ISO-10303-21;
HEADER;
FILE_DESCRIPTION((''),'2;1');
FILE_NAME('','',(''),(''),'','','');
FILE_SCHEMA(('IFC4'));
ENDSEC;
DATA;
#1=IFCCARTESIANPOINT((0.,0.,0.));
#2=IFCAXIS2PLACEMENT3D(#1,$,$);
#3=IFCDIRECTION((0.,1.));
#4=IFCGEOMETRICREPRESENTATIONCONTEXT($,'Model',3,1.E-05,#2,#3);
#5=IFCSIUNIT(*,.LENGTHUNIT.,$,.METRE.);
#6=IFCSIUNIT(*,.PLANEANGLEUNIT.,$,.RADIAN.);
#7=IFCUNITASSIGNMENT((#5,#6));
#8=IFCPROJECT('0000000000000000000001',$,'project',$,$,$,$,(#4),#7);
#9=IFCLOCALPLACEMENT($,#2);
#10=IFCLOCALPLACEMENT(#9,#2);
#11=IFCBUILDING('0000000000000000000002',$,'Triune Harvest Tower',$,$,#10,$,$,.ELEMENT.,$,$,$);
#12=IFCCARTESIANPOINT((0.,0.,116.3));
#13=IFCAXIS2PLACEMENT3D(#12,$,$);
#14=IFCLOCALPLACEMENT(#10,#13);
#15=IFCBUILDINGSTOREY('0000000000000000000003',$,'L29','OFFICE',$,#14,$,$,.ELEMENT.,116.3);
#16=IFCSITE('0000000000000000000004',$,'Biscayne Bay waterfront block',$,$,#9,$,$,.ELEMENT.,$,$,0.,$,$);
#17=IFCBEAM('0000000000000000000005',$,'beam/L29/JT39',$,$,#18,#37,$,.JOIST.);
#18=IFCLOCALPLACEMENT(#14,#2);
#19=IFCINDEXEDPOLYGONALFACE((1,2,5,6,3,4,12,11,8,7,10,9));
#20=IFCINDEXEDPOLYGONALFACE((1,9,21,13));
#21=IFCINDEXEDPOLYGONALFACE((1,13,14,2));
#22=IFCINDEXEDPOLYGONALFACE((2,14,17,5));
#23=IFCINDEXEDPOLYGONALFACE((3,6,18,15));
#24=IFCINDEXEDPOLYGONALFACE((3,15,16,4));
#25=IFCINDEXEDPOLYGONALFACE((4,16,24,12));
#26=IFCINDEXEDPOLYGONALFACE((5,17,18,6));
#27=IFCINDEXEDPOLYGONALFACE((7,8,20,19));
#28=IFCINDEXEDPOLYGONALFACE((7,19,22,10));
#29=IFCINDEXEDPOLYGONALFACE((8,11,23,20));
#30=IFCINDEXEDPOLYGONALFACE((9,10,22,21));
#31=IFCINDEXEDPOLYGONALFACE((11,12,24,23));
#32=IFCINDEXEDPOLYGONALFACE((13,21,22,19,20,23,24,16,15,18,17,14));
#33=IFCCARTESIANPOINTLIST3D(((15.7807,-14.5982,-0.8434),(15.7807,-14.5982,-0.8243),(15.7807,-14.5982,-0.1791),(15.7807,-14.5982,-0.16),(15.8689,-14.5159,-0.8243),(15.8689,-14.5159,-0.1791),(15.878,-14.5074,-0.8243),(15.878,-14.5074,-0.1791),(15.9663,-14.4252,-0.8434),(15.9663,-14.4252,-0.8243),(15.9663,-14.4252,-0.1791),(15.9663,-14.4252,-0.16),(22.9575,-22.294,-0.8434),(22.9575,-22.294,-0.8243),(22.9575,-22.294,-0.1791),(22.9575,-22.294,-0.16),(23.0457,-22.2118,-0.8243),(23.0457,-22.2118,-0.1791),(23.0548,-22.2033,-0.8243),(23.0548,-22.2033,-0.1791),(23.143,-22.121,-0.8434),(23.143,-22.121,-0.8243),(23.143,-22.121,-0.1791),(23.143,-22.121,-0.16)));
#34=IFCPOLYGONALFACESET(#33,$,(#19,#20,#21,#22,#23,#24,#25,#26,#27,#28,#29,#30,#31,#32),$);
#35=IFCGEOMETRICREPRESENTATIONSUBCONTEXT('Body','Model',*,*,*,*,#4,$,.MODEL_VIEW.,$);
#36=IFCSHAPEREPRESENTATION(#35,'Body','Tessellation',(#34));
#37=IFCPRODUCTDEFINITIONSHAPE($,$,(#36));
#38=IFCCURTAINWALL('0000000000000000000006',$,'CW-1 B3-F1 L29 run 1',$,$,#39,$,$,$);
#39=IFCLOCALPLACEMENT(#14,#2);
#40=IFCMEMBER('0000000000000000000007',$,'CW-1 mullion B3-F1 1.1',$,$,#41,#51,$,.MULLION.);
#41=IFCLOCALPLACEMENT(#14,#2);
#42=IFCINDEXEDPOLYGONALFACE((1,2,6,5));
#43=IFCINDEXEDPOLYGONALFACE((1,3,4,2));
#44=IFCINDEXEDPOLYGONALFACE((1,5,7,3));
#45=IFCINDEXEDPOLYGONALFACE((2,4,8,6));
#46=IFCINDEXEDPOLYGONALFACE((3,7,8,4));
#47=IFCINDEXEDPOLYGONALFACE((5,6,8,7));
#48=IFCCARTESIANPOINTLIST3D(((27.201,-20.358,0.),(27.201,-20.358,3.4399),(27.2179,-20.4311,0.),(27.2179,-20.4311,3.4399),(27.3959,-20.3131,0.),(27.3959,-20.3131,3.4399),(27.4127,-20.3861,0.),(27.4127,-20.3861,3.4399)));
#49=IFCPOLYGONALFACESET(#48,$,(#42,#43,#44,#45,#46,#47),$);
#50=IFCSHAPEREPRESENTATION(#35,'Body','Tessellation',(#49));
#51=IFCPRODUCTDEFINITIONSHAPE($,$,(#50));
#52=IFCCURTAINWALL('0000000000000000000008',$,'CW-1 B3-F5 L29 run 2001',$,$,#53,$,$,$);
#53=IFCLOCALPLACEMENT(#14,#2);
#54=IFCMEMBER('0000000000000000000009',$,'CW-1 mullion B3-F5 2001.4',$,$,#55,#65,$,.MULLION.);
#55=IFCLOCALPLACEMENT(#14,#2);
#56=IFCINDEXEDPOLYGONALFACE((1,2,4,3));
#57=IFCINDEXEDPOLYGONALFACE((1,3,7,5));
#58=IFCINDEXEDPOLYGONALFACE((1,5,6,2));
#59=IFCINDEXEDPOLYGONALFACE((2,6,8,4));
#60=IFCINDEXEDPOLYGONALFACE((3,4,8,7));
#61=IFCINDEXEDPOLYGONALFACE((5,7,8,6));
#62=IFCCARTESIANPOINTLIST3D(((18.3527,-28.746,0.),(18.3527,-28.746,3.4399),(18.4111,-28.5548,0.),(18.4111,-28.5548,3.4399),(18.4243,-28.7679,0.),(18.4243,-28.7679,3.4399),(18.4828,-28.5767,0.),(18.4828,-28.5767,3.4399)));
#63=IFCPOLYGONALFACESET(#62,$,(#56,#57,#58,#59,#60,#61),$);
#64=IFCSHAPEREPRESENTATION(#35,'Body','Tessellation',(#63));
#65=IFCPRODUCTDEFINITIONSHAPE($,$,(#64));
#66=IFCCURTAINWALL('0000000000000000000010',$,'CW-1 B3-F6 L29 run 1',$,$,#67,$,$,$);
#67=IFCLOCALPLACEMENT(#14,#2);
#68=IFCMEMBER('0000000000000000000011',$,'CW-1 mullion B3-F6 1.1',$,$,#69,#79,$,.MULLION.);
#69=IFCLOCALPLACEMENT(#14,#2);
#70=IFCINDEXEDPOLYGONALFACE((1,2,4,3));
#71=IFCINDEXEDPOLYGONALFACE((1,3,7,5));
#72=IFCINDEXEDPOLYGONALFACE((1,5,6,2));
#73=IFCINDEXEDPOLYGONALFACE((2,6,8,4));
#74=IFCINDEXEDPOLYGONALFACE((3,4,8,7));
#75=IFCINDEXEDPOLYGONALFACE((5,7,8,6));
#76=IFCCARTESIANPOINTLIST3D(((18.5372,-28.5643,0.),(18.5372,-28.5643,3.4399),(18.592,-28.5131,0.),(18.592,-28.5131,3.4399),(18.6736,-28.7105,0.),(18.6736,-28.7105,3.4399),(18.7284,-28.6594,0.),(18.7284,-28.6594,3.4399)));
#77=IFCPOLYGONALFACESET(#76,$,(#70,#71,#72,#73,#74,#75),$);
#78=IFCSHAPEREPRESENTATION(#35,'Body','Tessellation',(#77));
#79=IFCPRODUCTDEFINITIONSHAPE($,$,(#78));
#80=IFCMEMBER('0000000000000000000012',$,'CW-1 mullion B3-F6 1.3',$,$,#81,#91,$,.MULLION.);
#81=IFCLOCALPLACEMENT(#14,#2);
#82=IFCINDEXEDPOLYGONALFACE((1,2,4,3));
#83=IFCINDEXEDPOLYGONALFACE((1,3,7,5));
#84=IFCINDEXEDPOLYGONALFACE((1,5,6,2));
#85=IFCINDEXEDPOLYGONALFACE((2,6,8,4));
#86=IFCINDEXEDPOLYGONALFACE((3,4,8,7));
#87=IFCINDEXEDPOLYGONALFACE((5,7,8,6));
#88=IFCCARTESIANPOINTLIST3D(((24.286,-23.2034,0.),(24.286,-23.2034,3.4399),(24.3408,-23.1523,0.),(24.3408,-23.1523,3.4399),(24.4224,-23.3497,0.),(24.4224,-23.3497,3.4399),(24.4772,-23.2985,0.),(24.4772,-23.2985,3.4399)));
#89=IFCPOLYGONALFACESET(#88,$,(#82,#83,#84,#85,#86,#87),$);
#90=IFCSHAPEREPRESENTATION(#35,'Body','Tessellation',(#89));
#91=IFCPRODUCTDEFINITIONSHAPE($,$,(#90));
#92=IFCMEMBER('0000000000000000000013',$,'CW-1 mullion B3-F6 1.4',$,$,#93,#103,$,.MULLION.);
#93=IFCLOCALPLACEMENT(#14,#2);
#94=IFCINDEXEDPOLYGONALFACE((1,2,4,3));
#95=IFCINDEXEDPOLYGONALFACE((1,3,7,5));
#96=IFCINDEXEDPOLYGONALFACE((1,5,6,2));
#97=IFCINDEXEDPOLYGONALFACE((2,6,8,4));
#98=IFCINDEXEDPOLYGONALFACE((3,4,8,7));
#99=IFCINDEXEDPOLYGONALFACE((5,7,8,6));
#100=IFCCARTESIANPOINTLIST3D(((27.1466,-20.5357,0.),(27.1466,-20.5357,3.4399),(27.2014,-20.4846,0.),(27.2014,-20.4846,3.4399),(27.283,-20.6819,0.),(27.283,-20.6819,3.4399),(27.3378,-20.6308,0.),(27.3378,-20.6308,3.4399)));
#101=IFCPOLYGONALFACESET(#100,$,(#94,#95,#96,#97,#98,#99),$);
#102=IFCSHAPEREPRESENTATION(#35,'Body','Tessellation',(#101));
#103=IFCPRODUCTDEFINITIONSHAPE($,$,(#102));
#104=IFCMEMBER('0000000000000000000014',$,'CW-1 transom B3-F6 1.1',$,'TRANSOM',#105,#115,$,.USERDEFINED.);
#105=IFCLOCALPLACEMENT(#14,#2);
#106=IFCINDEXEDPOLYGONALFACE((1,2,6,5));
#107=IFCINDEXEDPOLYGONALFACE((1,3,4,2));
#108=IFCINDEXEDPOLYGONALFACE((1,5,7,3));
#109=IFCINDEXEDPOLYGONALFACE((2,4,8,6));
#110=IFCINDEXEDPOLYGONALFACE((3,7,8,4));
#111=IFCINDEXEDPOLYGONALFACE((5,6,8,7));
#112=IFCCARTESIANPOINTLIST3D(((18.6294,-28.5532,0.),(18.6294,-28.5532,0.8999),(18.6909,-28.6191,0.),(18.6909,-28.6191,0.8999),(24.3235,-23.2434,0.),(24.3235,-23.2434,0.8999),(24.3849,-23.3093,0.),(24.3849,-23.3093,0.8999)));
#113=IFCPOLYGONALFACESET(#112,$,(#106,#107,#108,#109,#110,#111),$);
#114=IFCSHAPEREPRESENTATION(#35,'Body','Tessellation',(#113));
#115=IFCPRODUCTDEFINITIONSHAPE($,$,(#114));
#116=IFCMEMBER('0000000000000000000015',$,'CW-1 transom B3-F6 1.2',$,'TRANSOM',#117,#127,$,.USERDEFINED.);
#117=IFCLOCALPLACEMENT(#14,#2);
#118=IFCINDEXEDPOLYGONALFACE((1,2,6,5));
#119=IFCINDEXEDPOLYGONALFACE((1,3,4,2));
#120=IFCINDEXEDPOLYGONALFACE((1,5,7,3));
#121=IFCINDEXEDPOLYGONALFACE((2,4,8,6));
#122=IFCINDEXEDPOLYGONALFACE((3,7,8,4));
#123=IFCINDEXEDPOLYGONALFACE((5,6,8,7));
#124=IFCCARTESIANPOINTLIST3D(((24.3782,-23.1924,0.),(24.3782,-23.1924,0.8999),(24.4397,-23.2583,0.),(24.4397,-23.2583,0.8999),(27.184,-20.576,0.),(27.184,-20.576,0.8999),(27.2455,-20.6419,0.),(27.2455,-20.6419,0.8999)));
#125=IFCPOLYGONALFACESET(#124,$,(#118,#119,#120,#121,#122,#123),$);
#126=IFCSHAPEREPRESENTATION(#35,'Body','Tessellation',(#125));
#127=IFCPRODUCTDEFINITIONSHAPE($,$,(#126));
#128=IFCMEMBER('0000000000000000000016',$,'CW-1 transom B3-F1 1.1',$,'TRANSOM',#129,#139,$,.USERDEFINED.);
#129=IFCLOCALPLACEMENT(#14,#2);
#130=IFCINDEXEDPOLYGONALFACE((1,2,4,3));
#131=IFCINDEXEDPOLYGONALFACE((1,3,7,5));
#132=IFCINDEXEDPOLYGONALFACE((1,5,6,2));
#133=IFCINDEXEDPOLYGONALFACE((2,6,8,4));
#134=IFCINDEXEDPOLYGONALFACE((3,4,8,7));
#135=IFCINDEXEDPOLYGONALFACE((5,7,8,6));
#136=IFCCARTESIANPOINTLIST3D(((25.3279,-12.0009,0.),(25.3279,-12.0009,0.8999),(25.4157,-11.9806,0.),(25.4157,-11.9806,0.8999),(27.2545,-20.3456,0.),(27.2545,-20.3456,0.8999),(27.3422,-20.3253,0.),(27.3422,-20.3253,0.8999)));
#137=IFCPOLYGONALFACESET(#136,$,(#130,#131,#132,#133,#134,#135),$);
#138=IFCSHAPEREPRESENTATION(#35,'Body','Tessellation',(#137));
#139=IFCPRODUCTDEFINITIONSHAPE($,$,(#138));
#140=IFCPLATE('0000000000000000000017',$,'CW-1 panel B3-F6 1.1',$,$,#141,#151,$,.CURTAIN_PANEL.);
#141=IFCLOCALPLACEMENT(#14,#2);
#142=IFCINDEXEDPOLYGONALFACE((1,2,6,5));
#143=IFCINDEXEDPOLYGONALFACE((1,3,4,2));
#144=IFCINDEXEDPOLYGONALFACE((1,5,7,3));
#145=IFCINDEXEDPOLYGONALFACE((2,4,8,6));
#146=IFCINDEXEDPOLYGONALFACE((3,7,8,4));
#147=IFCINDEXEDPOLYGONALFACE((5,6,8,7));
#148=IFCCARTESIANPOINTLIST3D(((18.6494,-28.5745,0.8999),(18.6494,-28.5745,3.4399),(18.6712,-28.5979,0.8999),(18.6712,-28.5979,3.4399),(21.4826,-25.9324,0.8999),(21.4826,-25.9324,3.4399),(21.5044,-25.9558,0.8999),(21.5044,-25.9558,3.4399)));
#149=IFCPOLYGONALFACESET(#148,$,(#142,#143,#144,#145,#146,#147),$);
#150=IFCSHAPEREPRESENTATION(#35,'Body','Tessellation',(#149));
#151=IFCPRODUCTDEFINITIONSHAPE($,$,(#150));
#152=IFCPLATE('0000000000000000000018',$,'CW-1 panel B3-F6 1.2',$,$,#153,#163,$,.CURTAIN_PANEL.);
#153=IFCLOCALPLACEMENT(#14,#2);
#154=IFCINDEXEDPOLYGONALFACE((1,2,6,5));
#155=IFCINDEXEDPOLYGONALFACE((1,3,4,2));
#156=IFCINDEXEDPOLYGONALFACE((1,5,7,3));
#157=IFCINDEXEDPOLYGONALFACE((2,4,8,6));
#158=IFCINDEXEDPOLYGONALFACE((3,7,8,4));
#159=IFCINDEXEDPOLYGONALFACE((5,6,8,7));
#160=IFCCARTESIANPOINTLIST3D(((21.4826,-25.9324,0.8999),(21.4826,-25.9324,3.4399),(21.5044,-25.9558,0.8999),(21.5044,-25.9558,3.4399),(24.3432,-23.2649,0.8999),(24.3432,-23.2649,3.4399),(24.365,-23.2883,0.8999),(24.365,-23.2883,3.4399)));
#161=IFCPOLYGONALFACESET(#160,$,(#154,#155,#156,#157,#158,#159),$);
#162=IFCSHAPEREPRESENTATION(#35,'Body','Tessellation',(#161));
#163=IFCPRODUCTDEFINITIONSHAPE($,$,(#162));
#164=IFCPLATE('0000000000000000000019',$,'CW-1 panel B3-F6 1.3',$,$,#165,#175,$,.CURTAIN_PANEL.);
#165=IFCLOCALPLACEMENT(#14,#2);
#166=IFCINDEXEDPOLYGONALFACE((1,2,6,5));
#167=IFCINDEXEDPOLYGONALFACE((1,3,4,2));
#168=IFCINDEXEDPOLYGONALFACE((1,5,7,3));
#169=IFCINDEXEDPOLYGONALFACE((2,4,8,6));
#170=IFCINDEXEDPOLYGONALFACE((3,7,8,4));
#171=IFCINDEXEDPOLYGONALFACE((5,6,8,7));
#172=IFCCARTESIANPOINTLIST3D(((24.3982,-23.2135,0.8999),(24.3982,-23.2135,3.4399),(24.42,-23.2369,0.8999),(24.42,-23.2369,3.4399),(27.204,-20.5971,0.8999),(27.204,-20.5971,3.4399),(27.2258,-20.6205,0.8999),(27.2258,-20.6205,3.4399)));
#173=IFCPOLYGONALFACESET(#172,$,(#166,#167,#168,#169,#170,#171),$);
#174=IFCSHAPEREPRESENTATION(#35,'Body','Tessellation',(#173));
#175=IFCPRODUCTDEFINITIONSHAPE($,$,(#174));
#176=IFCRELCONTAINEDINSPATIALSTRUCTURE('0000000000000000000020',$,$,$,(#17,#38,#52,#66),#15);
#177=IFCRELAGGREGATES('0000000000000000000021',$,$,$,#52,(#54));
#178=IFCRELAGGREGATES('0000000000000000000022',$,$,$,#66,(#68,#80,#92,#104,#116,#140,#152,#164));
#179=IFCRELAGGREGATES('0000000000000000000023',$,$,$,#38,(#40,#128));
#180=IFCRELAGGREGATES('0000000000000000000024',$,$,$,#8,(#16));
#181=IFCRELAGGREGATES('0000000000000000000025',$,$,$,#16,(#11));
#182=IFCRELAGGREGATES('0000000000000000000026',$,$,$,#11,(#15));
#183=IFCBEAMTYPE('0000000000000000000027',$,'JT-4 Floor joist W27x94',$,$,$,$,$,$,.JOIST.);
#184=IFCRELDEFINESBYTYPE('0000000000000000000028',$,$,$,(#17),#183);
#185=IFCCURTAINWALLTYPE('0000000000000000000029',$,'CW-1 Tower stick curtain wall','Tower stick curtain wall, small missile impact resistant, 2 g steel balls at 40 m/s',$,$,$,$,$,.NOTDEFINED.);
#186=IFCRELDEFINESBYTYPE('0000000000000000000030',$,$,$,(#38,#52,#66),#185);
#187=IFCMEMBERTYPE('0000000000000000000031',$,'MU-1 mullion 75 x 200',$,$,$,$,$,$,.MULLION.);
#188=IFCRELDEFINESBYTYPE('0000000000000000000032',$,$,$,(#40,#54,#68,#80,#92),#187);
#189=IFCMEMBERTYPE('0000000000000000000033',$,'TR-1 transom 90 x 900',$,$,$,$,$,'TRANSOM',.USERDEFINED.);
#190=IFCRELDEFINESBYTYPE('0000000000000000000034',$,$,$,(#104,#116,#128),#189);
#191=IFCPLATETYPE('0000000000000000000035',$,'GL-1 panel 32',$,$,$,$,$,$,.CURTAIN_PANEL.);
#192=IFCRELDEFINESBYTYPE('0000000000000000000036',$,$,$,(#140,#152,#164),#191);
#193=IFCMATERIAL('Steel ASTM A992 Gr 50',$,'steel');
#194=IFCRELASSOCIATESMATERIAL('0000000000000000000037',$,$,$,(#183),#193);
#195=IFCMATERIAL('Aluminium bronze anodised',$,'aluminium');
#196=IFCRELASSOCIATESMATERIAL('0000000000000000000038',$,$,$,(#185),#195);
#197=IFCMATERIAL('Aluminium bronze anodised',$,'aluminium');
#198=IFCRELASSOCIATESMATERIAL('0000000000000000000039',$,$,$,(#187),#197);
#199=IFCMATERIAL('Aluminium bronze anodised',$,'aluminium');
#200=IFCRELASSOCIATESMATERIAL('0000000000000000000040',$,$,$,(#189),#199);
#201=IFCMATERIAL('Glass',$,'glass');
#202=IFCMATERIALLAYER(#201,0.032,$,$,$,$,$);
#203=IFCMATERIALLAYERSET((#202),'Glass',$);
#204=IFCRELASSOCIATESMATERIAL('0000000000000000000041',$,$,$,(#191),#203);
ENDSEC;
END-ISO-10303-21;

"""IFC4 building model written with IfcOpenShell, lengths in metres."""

from ifc_helpers import new_model, si_unit, direction, frame, origin, origin_2d, place, context, subcontext, project, spatial, rectangle, i_section, extrude, source, transform, mapped, material, layer, layer_set, material_profile, profile_set, type_object, element, aggregate, save


model = new_model("IFC4")

# Units and contexts
model_context = context("Model", 3, precision=1e-05, world=origin(), true_north=direction((0.0, 1.0)))
body_context = subcontext(model_context, "Body", "Model", "MODEL_VIEW")
ifc_project = project(units=[si_unit("LENGTHUNIT", "METRE"), si_unit("PLANEANGLEUNIT", "RADIAN")], contexts=[model_context])

# Site, building, storey
site_placement = place(None, origin())
site = spatial("IfcSite", under=ifc_project, at=site_placement, Name="Biscayne Bay waterfront block", CompositionType="ELEMENT", RefElevation=0.0)
building_placement = place(site_placement, origin())
building = spatial("IfcBuilding", under=site, at=building_placement, Name="Triune Harvest Tower", CompositionType="ELEMENT")
storey_placement = place(building_placement, frame((0.0, 0.0, 116.3)))
storey = spatial("IfcBuildingStorey", under=building, at=storey_placement, Name="L29", Description="OFFICE", CompositionType="ELEMENT", Elevation=116.3)

# Beam
ifc_material_1 = material(Name="Steel ASTM A992 Gr 50", Category="steel")
ifc_material_profile_1 = material_profile(ifc_material_1, i_section(OverallWidth=0.2537, OverallDepth=0.6833, WebThickness=0.0125, FlangeThickness=0.019, at=origin_2d()), Name="W27x94")
ifc_profile_set_1 = profile_set([ifc_material_profile_1], Name="Steel ASTM A992 Gr 50")
beam_type_1 = type_object("IfcBeamType", Name="JT-4 Floor joist W27x94", PredefinedType="JOIST", material=ifc_profile_set_1)
shared_shape_1 = source(origin(), body_context, "Body", "SweptSolid", [
    extrude(i_section(OverallWidth=0.2537, OverallDepth=0.6833, WebThickness=0.0125, FlangeThickness=0.019, at=origin_2d()), origin(), (0.0, 0.0, 1.0), 10.5229),
])
beam_1_placement = place(storey_placement, frame((23.0503, -22.2075, -0.5017), z_axis=(-0.682014, 0.731339, 0.0), x_axis=(-0.731339, -0.682014, 0.0)))
element("IfcBeam", 1, at=beam_1_placement, inside=storey, type_object=beam_type_1, Name="beam/L29/JT39", PredefinedType="JOIST", context=body_context, shape_type="MappedRepresentation", body=[
    mapped(shared_shape_1, transform((0.0, 0.0, 0.0), scale=1.0)),
])

# Curtain walls, members
ifc_material_2 = material(Name="Aluminium bronze anodised", Category="aluminium")
curtain_wall_type = type_object("IfcCurtainWallType", Name="CW-1 Tower stick curtain wall", Description="Tower stick curtain wall, small missile impact resistant, 2 g steel balls at 40 m/s", PredefinedType="NOTDEFINED", material=ifc_material_2)
curtain_wall_1_placement = place(storey_placement, origin())
curtain_wall_1 = element("IfcCurtainWall", 2, at=curtain_wall_1_placement, inside=storey, type_object=curtain_wall_type, Name="CW-1 B3-F1 L29 run 1")
ifc_material_3 = material(Name="Aluminium bronze anodised", Category="aluminium")
ifc_material_profile_2 = material_profile(ifc_material_3, rectangle(XDim=0.2, YDim=0.075, at=origin_2d()), Name="MU-1 mullion 75 x 200")
ifc_profile_set_2 = profile_set([ifc_material_profile_2], Name="Aluminium bronze anodised")
member_type_1 = type_object("IfcMemberType", Name="MU-1 mullion 75 x 200", PredefinedType="MULLION", material=ifc_profile_set_2)
shared_shape_2 = source(origin(), body_context, "Body", "SweptSolid", [
    extrude(rectangle(XDim=0.2, YDim=0.075, at=origin_2d()), origin(), (0.0, 0.0, 1.0), 3.4399),
])
member_1_placement = place(storey_placement, frame((27.3069, -20.3721, 0.0), z_axis=(0.0, 0.0, 1.0), x_axis=(-0.97437, -0.224951, 0.0)))
member_1 = element("IfcMember", 3, at=member_1_placement, type_object=member_type_1, Name="CW-1 mullion B3-F1 1.1", PredefinedType="MULLION", context=body_context, shape_type="MappedRepresentation", body=[
    mapped(shared_shape_2, transform((0.0, 0.0, 0.0), scale=1.0)),
])
curtain_wall_2_placement = place(storey_placement, origin())
curtain_wall_2 = element("IfcCurtainWall", 4, at=curtain_wall_2_placement, inside=storey, type_object=curtain_wall_type, Name="CW-1 B3-F5 L29 run 2001")
member_2_placement = place(storey_placement, frame((18.4177, -28.6614, 0.0), z_axis=(0.0, 0.0, 1.0), x_axis=(0.292374, 0.956304, 0.0)))
member_2 = element("IfcMember", 5, at=member_2_placement, type_object=member_type_1, Name="CW-1 mullion B3-F5 2001.4", PredefinedType="MULLION", context=body_context, shape_type="MappedRepresentation", body=[
    mapped(shared_shape_2, transform((0.0, 0.0, 0.0), scale=1.0)),
])
aggregate(curtain_wall_2, [member_2])

# Curtain wall, members
curtain_wall_3_placement = place(storey_placement, origin())
curtain_wall_3 = element("IfcCurtainWall", 6, at=curtain_wall_3_placement, inside=storey, type_object=curtain_wall_type, Name="CW-1 B3-F6 L29 run 1")
member_3_placement = place(storey_placement, frame((18.6328, -28.6118, 0.0), z_axis=(0.0, 0.0, 1.0), x_axis=(-0.682002, 0.73135, 0.0)))
member_3 = element("IfcMember", 7, at=member_3_placement, type_object=member_type_1, Name="CW-1 mullion B3-F6 1.1", PredefinedType="MULLION", context=body_context, shape_type="MappedRepresentation", body=[
    mapped(shared_shape_2, transform((0.0, 0.0, 0.0), scale=1.0)),
])
member_4_placement = place(storey_placement, frame((24.3816, -23.251, 0.0), z_axis=(0.0, 0.0, 1.0), x_axis=(-0.682002, 0.73135, 0.0)))
member_4 = element("IfcMember", 8, at=member_4_placement, type_object=member_type_1, Name="CW-1 mullion B3-F6 1.3", PredefinedType="MULLION", context=body_context, shape_type="MappedRepresentation", body=[
    mapped(shared_shape_2, transform((0.0, 0.0, 0.0), scale=1.0)),
])
member_5_placement = place(storey_placement, frame((27.2422, -20.5833, 0.0), z_axis=(0.0, 0.0, 1.0), x_axis=(-0.682002, 0.73135, 0.0)))
member_5 = element("IfcMember", 9, at=member_5_placement, type_object=member_type_1, Name="CW-1 mullion B3-F6 1.4", PredefinedType="MULLION", context=body_context, shape_type="MappedRepresentation", body=[
    mapped(shared_shape_2, transform((0.0, 0.0, 0.0), scale=1.0)),
])
ifc_material_4 = material(Name="Aluminium bronze anodised", Category="aluminium")
ifc_material_profile_3 = material_profile(ifc_material_4, rectangle(XDim=0.0901, YDim=0.8999, at=origin_2d()), Name="TR-1 transom 90 x 900")
ifc_profile_set_3 = profile_set([ifc_material_profile_3], Name="Aluminium bronze anodised")
member_type_2 = type_object("IfcMemberType", Name="TR-1 transom 90 x 900", ElementType="TRANSOM", PredefinedType="USERDEFINED", material=ifc_profile_set_3)
shared_shape_3 = source(origin(), body_context, "Body", "SweptSolid", [
    extrude(rectangle(XDim=0.0901, YDim=0.8999, at=origin_2d()), origin(), (0.0, 0.0, 1.0), 7.7856),
])
member_6_placement = place(storey_placement, frame((18.6602, -28.5862, 0.45), z_axis=(0.731354, 0.681998, 0.0), x_axis=(-0.681998, 0.731354, 0.0)))
member_6 = element("IfcMember", 10, at=member_6_placement, type_object=member_type_2, Name="CW-1 transom B3-F6 1.1", ObjectType="TRANSOM", PredefinedType="USERDEFINED", context=body_context, shape_type="MappedRepresentation", body=[
    mapped(shared_shape_3, transform((0.0, 0.0, 0.0), scale=1.0)),
])
shared_shape_4 = source(origin(), body_context, "Body", "SweptSolid", [
    extrude(rectangle(XDim=0.0901, YDim=0.8999, at=origin_2d()), origin(), (0.0, 0.0, 1.0), 3.8364),
])
member_7_placement = place(storey_placement, frame((24.4089, -23.2253, 0.45), z_axis=(0.731366, 0.681985, 0.0), x_axis=(-0.681985, 0.731366, 0.0)))
member_7 = element("IfcMember", 11, at=member_7_placement, type_object=member_type_2, Name="CW-1 transom B3-F6 1.2", ObjectType="TRANSOM", PredefinedType="USERDEFINED", context=body_context, shape_type="MappedRepresentation", body=[
    mapped(shared_shape_4, transform((0.0, 0.0, 0.0), scale=1.0)),
])

# Member
shared_shape_5 = source(origin(), body_context, "Body", "SweptSolid", [
    extrude(rectangle(XDim=0.0901, YDim=0.8999, at=origin_2d()), origin(), (0.0, 0.0, 1.0), 8.5642),
])
member_8_placement = place(storey_placement, frame((27.2983, -20.3354, 0.45), z_axis=(-0.224949, 0.974371, 0.0), x_axis=(-0.974371, -0.224949, 0.0)))
member_8 = element("IfcMember", 12, at=member_8_placement, type_object=member_type_2, Name="CW-1 transom B3-F1 1.1", ObjectType="TRANSOM", PredefinedType="USERDEFINED", context=body_context, shape_type="MappedRepresentation", body=[
    mapped(shared_shape_5, transform((0.0, 0.0, 0.0), scale=1.0)),
])

# Plates
ifc_material_5 = material(Name="Glass", Category="glass")
ifc_layer_1 = layer(ifc_material_5, 0.032)
ifc_layer_set_1 = layer_set([ifc_layer_1], Name="Glass")
plate_type = type_object("IfcPlateType", Name="GL-1 panel 32", PredefinedType="CURTAIN_PANEL", material=ifc_layer_set_1)
shared_shape_6 = source(origin(), body_context, "Body", "SweptSolid", [
    extrude(rectangle(XDim=3.874, YDim=0.032, at=origin_2d()), origin(), (0.0, 0.0, 1.0), 2.54),
])
plate_1_placement = place(storey_placement, frame((20.0769, -27.2651, 0.8999), z_axis=(0.0, 0.0, 1.0), x_axis=(0.73135, 0.682002, 0.0)))
plate_1 = element("IfcPlate", 13, at=plate_1_placement, type_object=plate_type, Name="CW-1 panel B3-F6 1.1", PredefinedType="CURTAIN_PANEL", context=body_context, shape_type="MappedRepresentation", body=[
    mapped(shared_shape_6, transform((0.0, 0.0, 0.0), scale=1.0)),
])
shared_shape_7 = source(origin(), body_context, "Body", "SweptSolid", [
    extrude(rectangle(XDim=3.9114, YDim=0.032, at=origin_2d()), origin(), (0.0, 0.0, 1.0), 2.54),
])
plate_2_placement = place(storey_placement, frame((22.9238, -24.6104, 0.8999), z_axis=(0.0, 0.0, 1.0), x_axis=(0.73135, 0.682002, 0.0)))
plate_2 = element("IfcPlate", 14, at=plate_2_placement, type_object=plate_type, Name="CW-1 panel B3-F6 1.2", PredefinedType="CURTAIN_PANEL", context=body_context, shape_type="MappedRepresentation", body=[
    mapped(shared_shape_7, transform((0.0, 0.0, 0.0), scale=1.0)),
])
shared_shape_8 = source(origin(), body_context, "Body", "SweptSolid", [
    extrude(rectangle(XDim=3.8364, YDim=0.032, at=origin_2d()), origin(), (0.0, 0.0, 1.0), 2.54),
])
plate_3_placement = place(storey_placement, frame((25.812, -21.917, 0.8999), z_axis=(0.0, 0.0, 1.0), x_axis=(0.73135, 0.682002, 0.0)))
plate_3 = element("IfcPlate", 15, at=plate_3_placement, type_object=plate_type, Name="CW-1 panel B3-F6 1.3", PredefinedType="CURTAIN_PANEL", context=body_context, shape_type="MappedRepresentation", body=[
    mapped(shared_shape_8, transform((0.0, 0.0, 0.0), scale=1.0)),
])
aggregate(curtain_wall_3, [member_3, member_4, member_5, member_6, member_7, plate_1, plate_2, plate_3])
aggregate(curtain_wall_1, [member_1, member_8])

save(model, "model.ifc")
